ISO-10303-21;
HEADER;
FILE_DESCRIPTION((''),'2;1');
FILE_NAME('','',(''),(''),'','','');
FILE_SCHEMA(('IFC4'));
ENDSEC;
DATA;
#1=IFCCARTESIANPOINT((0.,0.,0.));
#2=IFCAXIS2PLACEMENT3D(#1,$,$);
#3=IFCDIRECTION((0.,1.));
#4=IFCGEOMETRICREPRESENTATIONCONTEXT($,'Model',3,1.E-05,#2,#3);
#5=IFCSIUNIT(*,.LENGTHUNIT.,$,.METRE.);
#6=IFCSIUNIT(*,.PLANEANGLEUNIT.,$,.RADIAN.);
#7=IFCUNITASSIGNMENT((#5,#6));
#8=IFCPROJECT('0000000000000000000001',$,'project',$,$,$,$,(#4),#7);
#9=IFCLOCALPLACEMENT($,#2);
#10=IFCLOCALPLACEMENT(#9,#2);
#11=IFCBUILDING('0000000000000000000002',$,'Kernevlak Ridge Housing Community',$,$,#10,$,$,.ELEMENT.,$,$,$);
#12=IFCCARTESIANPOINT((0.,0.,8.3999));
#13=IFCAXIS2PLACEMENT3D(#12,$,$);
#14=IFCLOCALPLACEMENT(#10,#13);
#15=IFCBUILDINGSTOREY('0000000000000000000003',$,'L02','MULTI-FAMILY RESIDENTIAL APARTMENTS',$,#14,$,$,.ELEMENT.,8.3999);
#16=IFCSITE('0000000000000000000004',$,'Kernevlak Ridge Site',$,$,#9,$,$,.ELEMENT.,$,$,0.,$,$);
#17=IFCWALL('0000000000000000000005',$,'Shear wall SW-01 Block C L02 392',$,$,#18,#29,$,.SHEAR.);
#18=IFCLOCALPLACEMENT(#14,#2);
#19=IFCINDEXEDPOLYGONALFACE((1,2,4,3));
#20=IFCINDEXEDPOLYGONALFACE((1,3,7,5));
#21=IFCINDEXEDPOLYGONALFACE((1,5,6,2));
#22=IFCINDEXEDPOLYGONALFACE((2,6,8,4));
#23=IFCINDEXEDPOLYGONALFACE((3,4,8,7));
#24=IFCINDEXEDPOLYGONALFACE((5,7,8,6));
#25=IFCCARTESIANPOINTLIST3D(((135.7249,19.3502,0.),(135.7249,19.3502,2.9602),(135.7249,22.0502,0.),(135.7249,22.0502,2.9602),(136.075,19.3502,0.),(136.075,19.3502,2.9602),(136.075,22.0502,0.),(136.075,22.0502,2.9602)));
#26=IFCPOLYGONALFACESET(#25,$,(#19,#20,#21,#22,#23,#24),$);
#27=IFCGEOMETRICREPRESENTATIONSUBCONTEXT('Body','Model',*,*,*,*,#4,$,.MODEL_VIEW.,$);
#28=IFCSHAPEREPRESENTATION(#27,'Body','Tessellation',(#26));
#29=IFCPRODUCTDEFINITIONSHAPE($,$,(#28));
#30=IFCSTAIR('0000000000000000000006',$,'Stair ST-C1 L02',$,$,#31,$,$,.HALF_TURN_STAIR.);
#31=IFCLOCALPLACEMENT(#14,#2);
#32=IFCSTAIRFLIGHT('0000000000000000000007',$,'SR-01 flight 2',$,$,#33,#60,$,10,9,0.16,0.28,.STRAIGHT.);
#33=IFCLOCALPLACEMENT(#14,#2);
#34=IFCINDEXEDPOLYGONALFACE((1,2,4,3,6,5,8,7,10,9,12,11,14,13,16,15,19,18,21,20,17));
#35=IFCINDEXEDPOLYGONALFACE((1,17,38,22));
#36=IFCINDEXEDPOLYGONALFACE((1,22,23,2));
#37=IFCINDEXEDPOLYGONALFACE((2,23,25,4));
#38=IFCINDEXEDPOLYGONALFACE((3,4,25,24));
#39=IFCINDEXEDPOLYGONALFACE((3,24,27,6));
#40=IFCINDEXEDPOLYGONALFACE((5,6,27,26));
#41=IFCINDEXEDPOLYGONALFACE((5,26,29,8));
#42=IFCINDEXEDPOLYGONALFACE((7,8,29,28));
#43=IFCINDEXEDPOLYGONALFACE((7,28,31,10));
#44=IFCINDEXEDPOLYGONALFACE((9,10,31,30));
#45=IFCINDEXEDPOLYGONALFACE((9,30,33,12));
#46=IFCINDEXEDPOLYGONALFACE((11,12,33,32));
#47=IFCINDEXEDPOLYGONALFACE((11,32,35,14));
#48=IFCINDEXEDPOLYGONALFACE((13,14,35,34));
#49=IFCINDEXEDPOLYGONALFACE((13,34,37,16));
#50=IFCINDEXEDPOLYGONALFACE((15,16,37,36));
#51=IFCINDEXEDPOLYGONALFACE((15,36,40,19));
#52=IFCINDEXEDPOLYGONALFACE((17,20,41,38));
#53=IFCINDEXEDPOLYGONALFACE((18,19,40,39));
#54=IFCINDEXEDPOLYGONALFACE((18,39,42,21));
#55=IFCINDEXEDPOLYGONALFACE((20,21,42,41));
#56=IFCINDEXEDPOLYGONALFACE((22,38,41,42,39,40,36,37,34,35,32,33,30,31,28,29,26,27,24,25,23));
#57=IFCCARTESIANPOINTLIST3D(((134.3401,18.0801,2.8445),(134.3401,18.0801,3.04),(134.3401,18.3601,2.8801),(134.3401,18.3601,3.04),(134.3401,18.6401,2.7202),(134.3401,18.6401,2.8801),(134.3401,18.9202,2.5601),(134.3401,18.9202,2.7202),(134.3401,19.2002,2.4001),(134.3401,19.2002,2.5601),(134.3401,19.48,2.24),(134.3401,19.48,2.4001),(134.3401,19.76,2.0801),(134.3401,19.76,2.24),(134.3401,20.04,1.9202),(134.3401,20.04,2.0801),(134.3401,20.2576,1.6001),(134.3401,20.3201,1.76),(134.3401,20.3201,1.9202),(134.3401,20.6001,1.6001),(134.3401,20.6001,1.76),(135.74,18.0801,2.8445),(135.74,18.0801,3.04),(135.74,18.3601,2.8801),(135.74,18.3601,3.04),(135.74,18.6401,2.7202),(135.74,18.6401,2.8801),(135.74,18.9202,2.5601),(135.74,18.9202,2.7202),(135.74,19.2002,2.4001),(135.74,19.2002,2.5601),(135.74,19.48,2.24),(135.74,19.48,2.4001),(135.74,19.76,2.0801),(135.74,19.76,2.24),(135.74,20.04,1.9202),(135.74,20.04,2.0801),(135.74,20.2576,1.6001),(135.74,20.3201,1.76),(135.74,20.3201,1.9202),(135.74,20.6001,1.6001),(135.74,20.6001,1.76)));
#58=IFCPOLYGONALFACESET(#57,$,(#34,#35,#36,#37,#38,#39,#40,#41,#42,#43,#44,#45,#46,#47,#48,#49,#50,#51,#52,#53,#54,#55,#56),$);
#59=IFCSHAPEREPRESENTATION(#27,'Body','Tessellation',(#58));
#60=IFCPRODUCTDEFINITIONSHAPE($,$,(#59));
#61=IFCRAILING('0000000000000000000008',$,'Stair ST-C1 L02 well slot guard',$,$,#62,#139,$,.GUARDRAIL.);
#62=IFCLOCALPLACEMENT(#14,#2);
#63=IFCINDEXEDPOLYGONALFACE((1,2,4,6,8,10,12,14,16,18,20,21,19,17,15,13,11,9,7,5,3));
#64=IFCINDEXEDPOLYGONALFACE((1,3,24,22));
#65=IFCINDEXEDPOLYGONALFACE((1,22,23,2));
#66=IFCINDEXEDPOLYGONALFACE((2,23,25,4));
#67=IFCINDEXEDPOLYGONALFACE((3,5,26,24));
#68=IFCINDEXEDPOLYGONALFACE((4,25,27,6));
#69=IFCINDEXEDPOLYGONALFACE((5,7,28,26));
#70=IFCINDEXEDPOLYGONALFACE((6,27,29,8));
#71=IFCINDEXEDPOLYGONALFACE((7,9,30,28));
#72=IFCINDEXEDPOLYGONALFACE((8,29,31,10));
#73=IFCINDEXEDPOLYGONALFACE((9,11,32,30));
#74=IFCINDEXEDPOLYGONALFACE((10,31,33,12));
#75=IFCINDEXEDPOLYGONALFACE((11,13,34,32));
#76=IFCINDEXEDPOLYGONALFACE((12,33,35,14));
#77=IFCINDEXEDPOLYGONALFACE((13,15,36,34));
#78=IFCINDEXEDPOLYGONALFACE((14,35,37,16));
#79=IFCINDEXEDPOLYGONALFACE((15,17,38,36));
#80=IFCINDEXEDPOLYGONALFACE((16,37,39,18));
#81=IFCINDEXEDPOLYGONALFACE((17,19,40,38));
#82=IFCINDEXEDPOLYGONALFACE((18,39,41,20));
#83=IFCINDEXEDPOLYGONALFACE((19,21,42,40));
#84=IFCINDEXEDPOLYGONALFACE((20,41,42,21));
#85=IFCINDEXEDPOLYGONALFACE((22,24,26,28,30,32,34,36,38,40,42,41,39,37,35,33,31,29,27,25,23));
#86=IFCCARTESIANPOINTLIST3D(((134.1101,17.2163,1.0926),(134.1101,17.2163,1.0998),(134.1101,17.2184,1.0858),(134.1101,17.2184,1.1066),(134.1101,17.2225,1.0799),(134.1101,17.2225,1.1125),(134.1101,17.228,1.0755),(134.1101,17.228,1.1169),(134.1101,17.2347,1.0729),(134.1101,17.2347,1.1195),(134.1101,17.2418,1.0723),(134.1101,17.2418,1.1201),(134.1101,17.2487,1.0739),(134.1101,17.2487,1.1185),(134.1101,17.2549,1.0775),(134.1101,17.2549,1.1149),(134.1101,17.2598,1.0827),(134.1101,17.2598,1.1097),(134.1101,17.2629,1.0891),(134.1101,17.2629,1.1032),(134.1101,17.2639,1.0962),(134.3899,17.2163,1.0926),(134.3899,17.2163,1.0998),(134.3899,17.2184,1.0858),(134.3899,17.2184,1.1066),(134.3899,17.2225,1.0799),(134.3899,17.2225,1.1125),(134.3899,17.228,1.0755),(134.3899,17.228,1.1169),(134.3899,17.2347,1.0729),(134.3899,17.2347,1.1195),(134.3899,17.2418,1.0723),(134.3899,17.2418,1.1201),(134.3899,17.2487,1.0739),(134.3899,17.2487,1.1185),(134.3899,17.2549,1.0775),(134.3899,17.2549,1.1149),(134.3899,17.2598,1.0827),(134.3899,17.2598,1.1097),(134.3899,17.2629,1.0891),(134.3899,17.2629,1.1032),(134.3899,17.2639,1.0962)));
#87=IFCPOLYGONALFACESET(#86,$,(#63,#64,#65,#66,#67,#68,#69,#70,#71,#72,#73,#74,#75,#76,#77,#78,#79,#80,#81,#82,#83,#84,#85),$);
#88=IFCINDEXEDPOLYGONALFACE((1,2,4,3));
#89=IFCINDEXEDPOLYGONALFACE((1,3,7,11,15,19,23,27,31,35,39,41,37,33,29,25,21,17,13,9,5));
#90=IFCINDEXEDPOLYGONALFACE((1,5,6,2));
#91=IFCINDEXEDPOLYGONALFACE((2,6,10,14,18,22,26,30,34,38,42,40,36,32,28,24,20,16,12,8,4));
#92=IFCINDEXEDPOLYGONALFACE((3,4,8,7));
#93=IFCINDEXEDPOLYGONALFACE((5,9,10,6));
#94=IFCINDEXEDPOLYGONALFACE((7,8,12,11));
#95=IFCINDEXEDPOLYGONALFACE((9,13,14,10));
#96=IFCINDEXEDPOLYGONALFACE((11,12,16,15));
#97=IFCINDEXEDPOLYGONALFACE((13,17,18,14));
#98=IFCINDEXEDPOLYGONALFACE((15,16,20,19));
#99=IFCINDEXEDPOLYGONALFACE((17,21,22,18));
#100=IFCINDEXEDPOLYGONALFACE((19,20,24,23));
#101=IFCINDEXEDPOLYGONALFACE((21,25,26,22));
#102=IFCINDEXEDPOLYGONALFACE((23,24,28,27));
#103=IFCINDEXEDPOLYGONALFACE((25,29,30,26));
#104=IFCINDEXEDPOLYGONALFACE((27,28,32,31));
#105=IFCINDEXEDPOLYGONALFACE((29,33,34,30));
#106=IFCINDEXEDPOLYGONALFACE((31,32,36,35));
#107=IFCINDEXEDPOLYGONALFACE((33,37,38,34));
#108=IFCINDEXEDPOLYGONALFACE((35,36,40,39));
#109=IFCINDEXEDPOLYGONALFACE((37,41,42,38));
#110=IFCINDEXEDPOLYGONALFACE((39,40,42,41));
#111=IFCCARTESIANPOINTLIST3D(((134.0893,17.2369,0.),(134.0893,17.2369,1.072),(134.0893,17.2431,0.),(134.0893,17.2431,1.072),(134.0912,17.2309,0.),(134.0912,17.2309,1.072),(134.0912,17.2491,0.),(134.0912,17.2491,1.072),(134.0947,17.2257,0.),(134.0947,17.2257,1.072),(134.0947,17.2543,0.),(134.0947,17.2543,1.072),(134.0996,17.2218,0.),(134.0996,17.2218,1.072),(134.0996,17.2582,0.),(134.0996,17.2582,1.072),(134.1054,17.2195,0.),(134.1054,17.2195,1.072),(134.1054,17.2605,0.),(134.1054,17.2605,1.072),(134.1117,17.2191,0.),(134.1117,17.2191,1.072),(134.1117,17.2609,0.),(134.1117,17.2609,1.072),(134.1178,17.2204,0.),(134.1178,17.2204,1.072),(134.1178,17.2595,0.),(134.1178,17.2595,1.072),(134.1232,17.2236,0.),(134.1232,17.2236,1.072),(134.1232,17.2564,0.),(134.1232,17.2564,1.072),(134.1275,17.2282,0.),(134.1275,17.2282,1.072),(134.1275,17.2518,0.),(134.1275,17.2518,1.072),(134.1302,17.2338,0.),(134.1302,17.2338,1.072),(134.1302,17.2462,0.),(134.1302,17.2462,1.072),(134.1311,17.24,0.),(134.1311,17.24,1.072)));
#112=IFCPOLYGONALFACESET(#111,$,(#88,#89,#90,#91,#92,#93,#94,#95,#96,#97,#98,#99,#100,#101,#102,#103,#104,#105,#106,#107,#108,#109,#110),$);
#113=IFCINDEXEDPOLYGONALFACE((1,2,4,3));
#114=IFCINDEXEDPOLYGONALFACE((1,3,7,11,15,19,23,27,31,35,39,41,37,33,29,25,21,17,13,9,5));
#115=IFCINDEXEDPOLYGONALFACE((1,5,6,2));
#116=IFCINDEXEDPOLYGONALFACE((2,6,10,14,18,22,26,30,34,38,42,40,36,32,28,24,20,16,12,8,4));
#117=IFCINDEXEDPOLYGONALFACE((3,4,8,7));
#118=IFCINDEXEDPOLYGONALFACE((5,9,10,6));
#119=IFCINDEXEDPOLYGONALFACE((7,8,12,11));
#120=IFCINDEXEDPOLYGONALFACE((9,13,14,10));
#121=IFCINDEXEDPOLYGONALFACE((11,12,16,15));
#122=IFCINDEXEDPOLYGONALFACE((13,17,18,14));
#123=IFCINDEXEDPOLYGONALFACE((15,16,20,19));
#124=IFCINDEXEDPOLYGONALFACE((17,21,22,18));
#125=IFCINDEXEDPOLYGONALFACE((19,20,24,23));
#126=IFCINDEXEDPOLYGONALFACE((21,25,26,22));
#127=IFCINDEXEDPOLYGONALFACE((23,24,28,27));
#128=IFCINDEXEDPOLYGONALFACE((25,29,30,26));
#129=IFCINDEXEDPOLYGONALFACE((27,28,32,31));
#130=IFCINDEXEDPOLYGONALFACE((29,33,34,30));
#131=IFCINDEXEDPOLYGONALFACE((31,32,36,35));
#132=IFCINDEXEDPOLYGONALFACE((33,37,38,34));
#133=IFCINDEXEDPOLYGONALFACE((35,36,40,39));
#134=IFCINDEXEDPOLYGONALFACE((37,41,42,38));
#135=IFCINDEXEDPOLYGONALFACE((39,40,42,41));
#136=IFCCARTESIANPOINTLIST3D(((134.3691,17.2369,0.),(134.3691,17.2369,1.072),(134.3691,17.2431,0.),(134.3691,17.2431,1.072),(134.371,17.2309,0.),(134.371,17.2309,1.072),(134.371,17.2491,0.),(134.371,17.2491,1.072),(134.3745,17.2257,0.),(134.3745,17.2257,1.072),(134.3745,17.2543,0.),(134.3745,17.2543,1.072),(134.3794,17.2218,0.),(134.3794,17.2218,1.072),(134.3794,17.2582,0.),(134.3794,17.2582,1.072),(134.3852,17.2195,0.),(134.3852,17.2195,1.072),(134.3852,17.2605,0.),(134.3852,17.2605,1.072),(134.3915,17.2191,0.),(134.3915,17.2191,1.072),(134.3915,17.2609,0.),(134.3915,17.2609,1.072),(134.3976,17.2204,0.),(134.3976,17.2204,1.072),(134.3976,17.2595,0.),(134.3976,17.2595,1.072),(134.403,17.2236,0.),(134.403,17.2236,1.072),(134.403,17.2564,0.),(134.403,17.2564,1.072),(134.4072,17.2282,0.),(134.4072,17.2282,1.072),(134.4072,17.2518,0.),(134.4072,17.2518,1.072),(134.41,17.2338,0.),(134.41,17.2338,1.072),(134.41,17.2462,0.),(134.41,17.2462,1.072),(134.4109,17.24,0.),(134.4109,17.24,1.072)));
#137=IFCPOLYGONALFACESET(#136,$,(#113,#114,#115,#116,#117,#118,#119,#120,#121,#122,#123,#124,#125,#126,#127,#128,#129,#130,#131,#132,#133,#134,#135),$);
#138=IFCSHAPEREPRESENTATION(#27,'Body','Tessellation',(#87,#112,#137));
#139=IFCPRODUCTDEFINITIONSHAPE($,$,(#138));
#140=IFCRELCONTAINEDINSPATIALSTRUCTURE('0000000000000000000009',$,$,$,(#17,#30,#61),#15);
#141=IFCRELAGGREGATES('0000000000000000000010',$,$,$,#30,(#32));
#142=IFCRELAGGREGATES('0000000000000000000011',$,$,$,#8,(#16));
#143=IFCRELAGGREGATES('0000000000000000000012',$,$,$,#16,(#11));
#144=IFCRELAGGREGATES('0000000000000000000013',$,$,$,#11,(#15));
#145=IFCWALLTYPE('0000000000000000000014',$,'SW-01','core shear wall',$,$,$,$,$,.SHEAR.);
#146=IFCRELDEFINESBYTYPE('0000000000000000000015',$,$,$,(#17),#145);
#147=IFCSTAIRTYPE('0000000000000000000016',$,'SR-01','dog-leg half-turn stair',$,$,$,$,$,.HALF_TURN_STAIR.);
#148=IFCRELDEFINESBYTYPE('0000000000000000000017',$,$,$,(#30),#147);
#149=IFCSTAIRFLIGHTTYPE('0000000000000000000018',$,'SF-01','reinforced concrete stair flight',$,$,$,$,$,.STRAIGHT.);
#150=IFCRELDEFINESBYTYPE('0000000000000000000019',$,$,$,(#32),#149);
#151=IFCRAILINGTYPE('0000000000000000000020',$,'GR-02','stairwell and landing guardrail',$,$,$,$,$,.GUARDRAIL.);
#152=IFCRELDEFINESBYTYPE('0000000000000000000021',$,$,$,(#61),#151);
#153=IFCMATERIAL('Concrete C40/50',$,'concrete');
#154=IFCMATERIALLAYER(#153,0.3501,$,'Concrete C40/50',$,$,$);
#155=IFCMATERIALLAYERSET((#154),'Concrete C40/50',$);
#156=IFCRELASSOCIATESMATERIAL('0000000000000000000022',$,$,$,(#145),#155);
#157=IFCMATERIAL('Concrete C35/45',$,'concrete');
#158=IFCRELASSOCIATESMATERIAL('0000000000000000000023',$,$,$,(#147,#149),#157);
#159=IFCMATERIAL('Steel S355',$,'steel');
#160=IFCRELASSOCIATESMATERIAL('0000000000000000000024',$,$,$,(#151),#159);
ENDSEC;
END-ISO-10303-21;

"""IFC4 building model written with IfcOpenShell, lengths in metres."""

from ifc_helpers import new_model, si_unit, direction, frame, frame_2d, origin, origin_2d, place, context, subcontext, project, spatial, polyline, rectangle, circle, outline, extrude, material, layer, layer_set, type_object, element, aggregate, save


model = new_model("IFC4")

# Units and contexts
model_context = context("Model", 3, precision=1e-05, world=origin(), true_north=direction((0.0, 1.0)))
body_context = subcontext(model_context, "Body", "Model", "MODEL_VIEW")
ifc_project = project(units=[si_unit("LENGTHUNIT", "METRE"), si_unit("PLANEANGLEUNIT", "RADIAN")], contexts=[model_context])

# Site, building, storey
site_placement = place(None, origin())
site = spatial("IfcSite", under=ifc_project, at=site_placement, Name="Kernevlak Ridge Site", CompositionType="ELEMENT", RefElevation=0.0)
building_placement = place(site_placement, origin())
building = spatial("IfcBuilding", under=site, at=building_placement, Name="Kernevlak Ridge Housing Community", CompositionType="ELEMENT")
storey_placement = place(building_placement, frame((0.0, 0.0, 8.3999)))
storey = spatial("IfcBuildingStorey", under=building, at=storey_placement, Name="L02", Description="MULTI-FAMILY RESIDENTIAL APARTMENTS", CompositionType="ELEMENT", Elevation=8.3999)

# Shared definitions
ifc_material_1 = material(Name="Concrete C40/50", Category="concrete")

# Shared definitions
ifc_material_2 = material(Name="Concrete C35/45", Category="concrete")

# Wall
ifc_layer_1 = layer(ifc_material_1, 0.3501, Name="Concrete C40/50")
ifc_layer_set_1 = layer_set([ifc_layer_1], Name="Concrete C40/50")
wall_type_1 = type_object("IfcWallType", Name="SW-01", Description="core shear wall", PredefinedType="SHEAR", material=ifc_layer_set_1)
wall_1_placement = place(storey_placement, frame((135.8999, 19.3501, 0.0), z_axis=(0.0, 0.0, 1.0), x_axis=(0.0, 1.0, 0.0)))
element("IfcWall", 1, at=wall_1_placement, inside=storey, type_object=wall_type_1, Name="Shear wall SW-01 Block C L02 392", PredefinedType="SHEAR", context=body_context, shape_type="SweptSolid", body=[
    extrude(rectangle(XDim=2.7, YDim=0.3501, at=frame_2d((1.3501, 0.0))), origin(), (0.0, 0.0, 1.0), 2.9602),
])

# Stair, stair flight
stair_type = type_object("IfcStairType", Name="SR-01", Description="dog-leg half-turn stair", PredefinedType="HALF_TURN_STAIR", material=ifc_material_2)
stair_placement = place(storey_placement, origin())
stair = element("IfcStair", 2, at=stair_placement, inside=storey, type_object=stair_type, Name="Stair ST-C1 L02", PredefinedType="HALF_TURN_STAIR")
stair_flight_type = type_object("IfcStairFlightType", Name="SF-01", Description="reinforced concrete stair flight", PredefinedType="STRAIGHT", material=ifc_material_2)
stair_flight_placement = place(storey_placement, frame((135.04, 20.6001, 1.6001), z_axis=(0.0, 0.0, 1.0), x_axis=(0.0, -1.0, 0.0)))
stair_flight = element("IfcStairFlight", 3, at=stair_flight_placement, type_object=stair_flight_type, Name="SR-01 flight 2", NumberOfRisers=10, NumberOfTreads=9, PredefinedType="STRAIGHT", RiserHeight=0.16, TreadLength=0.28, context=body_context, shape_type="SweptSolid", body=[
    extrude(outline(polyline([(0.0, 0.0), (0.0, 0.1599), (0.28, 0.1599), (0.28, 0.3201), (0.5601, 0.3201), (0.5601, 0.48), (0.8401, 0.48), (0.8401, 0.6399), (1.1201, 0.6399), (1.1201, 0.8), (1.3999, 0.8), (1.3999, 0.96), (1.6799, 0.96), (1.6799, 1.1201), (1.96, 1.1201), (1.96, 1.28), (2.24, 1.28), (2.24, 1.4399), (2.52, 1.4399), (2.52, 1.6001), (2.52, 1.2444), (0.3425, 0.0), (0.0, 0.0)])), frame((0.0, 0.7, 0.0), z_axis=(0.0, -1.0, 0.0), x_axis=(1.0, 0.0, 0.0)), (0.0, 0.0, 1.0), 1.3999),
])
aggregate(stair, [stair_flight])

# Railing
ifc_material_3 = material(Name="Steel S355", Category="steel")
railing_type_1 = type_object("IfcRailingType", Name="GR-02", Description="stairwell and landing guardrail", PredefinedType="GUARDRAIL", material=ifc_material_3)
railing_1_placement = place(storey_placement, frame((134.1101, 17.24, 0.0)))
element("IfcRailing", 4, at=railing_1_placement, inside=storey, type_object=railing_type_1, Name="Stair ST-C1 L02 well slot guard", PredefinedType="GUARDRAIL", context=body_context, shape_type="SweptSolid", body=[
    extrude(circle(Radius=0.0239, at=origin_2d()), frame((0.0, 0.0, 1.0962), z_axis=(1.0, 0.0, 0.0), x_axis=(0.0, 1.0, 0.0)), (0.0, 0.0, 1.0), 0.2798),
    extrude(circle(Radius=0.021, at=origin_2d()), origin(), (0.0, 0.0, 1.0), 1.072),
    extrude(circle(Radius=0.021, at=origin_2d()), frame((0.2798, 0.0, 0.0)), (0.0, 0.0, 1.0), 1.072),
])

save(model, "model.ifc")
